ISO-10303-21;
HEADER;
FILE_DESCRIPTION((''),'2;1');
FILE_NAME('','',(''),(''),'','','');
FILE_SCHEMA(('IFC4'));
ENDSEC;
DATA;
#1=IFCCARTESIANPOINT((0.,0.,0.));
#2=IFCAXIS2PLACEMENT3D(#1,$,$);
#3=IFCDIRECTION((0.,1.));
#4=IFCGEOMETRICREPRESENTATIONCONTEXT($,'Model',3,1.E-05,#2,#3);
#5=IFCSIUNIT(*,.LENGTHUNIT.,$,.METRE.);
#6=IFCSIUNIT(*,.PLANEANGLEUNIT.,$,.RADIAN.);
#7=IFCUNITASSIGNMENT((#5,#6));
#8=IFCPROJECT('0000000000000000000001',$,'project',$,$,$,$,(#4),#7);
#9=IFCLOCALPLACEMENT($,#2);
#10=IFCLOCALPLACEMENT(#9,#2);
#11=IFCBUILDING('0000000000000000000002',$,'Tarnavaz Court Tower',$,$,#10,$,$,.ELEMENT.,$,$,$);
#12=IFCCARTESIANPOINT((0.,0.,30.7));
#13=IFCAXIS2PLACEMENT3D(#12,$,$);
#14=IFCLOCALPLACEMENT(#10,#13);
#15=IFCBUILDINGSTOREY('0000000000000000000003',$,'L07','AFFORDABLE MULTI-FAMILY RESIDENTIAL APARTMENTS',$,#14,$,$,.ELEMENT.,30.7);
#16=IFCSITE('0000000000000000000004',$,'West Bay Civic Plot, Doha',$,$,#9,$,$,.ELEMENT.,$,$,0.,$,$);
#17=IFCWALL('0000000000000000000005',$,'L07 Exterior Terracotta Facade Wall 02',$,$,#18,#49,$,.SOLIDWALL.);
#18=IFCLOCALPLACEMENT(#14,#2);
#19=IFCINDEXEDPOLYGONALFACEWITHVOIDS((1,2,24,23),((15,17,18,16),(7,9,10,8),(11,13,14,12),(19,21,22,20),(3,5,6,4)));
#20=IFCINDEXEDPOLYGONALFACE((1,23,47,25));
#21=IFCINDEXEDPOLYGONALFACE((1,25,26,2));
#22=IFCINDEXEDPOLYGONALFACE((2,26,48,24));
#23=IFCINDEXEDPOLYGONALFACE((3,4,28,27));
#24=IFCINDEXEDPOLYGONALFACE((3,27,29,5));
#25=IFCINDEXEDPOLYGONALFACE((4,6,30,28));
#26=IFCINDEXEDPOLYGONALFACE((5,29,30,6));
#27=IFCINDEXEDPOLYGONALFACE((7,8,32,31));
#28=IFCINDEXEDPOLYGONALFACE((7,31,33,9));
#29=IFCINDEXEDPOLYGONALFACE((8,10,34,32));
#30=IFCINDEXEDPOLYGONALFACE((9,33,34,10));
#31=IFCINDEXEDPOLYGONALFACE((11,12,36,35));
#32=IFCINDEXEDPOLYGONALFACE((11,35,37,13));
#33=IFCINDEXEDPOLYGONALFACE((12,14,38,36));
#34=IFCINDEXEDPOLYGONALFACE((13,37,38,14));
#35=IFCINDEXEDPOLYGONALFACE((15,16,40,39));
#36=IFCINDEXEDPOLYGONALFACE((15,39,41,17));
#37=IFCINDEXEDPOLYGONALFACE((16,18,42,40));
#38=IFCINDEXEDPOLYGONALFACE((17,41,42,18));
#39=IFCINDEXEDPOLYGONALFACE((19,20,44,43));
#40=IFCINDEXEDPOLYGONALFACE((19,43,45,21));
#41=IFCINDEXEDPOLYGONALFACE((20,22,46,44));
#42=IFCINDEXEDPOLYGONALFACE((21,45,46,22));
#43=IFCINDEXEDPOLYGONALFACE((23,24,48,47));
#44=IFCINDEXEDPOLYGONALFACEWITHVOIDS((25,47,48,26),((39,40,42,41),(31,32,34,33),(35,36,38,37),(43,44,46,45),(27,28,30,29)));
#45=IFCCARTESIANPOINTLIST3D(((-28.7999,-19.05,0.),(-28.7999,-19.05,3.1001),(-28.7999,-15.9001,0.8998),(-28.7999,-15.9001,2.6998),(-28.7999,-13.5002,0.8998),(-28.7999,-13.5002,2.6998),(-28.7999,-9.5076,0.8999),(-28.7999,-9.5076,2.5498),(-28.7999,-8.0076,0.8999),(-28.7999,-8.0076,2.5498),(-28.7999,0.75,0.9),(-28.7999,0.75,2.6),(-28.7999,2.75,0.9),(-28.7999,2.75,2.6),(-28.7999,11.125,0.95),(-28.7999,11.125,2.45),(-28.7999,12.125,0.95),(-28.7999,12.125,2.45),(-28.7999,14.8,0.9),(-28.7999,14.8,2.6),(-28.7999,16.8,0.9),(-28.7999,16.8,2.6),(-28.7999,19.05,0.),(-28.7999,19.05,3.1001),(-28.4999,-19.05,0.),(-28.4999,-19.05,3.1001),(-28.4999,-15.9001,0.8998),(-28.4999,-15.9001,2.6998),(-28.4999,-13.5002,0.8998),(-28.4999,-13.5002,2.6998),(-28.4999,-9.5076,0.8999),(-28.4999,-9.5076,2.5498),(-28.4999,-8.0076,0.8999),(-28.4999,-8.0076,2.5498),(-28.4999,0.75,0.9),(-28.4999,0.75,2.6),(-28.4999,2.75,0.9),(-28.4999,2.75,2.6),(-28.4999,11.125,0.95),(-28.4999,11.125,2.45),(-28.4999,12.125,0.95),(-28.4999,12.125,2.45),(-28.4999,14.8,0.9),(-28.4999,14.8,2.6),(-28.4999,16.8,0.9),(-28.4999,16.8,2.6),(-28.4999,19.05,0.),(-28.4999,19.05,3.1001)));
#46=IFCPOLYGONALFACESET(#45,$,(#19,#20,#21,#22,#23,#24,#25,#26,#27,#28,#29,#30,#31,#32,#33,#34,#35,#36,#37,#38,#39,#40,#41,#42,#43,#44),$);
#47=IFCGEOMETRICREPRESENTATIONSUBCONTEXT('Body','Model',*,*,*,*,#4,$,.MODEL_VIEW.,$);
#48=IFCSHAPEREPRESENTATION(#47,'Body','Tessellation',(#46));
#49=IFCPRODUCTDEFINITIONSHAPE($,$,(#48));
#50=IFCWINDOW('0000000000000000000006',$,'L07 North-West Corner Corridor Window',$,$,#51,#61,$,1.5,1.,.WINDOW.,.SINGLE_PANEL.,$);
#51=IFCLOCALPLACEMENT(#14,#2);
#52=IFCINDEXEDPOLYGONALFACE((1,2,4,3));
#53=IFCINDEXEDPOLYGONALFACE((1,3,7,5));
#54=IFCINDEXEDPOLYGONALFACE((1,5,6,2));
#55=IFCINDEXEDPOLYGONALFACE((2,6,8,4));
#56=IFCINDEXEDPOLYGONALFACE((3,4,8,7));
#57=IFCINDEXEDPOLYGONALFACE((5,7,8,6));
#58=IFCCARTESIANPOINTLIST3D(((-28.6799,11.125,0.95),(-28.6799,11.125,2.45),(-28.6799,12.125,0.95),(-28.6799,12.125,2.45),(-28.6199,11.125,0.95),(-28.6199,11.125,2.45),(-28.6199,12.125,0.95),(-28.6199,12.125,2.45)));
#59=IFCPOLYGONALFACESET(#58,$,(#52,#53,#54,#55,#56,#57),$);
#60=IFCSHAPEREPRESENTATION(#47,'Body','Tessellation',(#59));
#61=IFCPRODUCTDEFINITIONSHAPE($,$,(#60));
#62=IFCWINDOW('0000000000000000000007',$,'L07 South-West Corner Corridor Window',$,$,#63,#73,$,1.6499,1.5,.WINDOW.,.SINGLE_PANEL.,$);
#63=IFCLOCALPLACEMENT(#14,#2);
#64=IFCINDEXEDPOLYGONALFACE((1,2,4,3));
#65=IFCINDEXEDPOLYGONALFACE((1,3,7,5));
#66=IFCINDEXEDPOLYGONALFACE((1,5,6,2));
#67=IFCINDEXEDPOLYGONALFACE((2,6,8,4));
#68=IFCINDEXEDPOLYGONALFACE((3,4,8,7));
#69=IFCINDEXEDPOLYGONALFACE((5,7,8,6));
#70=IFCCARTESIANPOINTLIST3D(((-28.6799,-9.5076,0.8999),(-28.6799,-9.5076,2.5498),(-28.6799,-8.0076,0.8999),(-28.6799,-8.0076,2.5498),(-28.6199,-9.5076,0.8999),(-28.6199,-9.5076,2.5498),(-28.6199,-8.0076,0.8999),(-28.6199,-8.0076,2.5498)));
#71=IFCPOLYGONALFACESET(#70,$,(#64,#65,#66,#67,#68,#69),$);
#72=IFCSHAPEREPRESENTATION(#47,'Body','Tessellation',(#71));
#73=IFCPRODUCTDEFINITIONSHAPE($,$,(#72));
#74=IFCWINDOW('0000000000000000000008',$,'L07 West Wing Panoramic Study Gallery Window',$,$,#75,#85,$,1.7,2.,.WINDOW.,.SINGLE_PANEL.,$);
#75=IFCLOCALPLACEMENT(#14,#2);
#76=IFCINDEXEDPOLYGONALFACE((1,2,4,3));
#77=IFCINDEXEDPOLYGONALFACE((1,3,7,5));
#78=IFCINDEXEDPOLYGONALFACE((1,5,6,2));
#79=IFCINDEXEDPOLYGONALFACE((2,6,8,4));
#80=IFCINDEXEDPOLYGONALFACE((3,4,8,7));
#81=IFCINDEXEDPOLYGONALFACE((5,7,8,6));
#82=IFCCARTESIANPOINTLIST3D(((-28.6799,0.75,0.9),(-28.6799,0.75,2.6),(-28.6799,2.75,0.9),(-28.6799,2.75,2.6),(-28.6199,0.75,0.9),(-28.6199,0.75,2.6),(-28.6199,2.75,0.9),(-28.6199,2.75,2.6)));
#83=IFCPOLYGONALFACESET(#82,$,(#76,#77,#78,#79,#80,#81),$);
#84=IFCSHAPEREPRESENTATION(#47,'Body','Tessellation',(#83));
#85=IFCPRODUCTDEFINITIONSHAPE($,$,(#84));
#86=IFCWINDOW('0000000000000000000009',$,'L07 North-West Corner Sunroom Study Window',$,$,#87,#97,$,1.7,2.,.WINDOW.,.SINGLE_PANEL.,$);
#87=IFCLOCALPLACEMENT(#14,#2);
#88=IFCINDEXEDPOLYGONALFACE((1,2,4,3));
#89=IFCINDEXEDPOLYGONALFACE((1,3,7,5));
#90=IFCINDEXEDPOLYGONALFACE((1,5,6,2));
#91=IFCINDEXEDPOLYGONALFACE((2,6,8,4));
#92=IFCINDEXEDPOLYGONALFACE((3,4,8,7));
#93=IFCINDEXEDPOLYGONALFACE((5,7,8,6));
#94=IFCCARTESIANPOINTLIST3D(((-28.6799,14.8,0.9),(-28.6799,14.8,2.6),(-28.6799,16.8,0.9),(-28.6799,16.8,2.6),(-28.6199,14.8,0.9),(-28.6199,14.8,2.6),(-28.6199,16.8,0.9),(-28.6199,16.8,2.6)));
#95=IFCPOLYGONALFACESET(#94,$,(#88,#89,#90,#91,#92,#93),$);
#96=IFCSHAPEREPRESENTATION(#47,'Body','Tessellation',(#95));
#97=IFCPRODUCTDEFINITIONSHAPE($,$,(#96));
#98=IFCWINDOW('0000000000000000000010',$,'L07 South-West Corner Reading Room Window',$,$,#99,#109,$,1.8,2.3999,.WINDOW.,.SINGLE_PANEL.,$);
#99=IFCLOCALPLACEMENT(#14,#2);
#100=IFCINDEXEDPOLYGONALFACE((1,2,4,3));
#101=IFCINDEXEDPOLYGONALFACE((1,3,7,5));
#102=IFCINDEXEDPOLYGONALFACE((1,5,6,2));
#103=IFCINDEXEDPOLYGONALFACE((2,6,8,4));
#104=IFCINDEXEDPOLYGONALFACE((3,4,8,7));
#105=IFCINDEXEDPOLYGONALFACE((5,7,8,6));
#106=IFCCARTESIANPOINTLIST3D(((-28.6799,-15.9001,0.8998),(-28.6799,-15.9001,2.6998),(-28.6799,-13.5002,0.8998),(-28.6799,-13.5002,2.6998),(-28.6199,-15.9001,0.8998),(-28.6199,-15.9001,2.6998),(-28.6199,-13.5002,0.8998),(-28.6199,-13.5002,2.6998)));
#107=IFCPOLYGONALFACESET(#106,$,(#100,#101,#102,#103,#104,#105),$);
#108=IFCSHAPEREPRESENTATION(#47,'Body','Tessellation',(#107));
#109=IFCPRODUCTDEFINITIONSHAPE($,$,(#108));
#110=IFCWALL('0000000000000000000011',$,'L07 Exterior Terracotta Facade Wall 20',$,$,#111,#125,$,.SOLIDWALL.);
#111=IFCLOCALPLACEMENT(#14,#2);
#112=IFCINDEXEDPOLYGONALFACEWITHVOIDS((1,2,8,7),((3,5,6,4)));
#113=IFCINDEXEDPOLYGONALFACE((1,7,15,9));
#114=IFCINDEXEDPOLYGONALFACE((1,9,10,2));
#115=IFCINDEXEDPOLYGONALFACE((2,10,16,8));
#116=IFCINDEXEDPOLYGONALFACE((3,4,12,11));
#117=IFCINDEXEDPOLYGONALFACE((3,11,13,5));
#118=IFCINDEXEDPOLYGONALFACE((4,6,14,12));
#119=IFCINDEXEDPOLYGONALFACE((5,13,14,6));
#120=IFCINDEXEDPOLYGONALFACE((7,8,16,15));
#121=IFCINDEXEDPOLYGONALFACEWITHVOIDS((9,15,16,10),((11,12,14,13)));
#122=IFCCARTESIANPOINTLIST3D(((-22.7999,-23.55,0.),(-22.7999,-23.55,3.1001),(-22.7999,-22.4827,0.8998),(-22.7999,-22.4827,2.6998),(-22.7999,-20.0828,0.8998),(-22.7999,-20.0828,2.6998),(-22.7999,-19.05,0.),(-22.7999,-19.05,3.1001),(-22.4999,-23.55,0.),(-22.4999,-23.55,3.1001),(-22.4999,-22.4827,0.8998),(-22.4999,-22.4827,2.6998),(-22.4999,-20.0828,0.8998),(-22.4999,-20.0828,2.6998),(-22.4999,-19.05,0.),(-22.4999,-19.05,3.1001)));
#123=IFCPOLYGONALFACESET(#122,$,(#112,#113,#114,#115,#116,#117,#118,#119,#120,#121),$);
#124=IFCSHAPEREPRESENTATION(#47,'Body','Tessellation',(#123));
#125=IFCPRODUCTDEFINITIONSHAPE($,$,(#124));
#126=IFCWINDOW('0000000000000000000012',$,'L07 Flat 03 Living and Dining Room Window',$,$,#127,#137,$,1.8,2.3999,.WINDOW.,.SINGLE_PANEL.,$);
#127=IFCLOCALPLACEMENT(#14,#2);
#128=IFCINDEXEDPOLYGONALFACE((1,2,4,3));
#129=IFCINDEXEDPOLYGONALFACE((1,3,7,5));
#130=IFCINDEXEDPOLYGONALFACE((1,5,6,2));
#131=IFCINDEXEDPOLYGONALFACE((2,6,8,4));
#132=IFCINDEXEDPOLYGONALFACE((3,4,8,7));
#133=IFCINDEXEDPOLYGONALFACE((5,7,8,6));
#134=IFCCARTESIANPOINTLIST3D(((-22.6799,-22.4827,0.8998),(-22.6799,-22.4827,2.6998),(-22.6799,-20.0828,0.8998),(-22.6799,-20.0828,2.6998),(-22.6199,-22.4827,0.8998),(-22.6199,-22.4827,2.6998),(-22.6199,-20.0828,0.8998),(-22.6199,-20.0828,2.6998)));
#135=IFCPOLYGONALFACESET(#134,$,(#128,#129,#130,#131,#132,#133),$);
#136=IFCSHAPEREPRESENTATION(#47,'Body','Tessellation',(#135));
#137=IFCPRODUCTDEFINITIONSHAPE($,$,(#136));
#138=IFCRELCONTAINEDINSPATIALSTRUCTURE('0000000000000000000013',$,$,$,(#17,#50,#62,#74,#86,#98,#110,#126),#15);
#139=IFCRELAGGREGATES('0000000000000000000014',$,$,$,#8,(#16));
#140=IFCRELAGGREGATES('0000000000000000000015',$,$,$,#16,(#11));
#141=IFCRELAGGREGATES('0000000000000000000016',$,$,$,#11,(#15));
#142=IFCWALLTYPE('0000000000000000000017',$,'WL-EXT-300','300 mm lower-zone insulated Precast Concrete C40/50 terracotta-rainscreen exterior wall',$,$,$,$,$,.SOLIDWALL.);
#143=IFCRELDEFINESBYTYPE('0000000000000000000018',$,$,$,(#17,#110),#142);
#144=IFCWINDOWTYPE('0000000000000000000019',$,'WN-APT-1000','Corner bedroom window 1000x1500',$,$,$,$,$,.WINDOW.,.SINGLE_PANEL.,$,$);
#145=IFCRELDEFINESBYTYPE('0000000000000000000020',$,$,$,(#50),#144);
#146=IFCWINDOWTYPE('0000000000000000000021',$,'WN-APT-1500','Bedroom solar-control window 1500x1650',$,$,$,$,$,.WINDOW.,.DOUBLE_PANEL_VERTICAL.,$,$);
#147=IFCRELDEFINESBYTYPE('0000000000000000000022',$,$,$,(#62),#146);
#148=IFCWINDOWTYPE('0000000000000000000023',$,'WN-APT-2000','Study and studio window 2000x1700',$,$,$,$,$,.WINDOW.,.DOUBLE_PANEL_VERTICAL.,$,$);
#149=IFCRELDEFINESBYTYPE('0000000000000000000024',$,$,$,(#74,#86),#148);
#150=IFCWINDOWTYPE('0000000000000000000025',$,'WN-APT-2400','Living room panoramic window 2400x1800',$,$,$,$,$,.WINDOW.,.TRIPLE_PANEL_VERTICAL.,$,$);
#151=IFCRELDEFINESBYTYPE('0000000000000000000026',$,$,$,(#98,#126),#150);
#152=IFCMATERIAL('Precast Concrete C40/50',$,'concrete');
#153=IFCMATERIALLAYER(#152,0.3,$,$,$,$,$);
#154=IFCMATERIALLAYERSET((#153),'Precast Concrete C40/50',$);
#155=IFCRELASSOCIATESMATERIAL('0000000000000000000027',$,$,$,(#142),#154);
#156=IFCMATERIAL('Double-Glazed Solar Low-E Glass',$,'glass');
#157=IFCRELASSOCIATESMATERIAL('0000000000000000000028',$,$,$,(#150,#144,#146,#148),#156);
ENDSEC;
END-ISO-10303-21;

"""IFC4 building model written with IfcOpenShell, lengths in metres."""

from ifc_helpers import new_model, si_unit, direction, frame, frame_2d, origin, place, context, subcontext, project, spatial, rectangle, extrude, material, layer, layer_set, type_object, element, fill, save


model = new_model("IFC4")

# Units and contexts
model_context = context("Model", 3, precision=1e-05, world=origin(), true_north=direction((0.0, 1.0)))
body_context = subcontext(model_context, "Body", "Model", "MODEL_VIEW")
ifc_project = project(units=[si_unit("LENGTHUNIT", "METRE"), si_unit("PLANEANGLEUNIT", "RADIAN")], contexts=[model_context])

# Site, building, storey
site_placement = place(None, origin())
site = spatial("IfcSite", under=ifc_project, at=site_placement, Name="West Bay Civic Plot, Doha", CompositionType="ELEMENT", RefElevation=0.0)
building_placement = place(site_placement, origin())
building = spatial("IfcBuilding", under=site, at=building_placement, Name="Tarnavaz Court Tower", CompositionType="ELEMENT")
storey_placement = place(building_placement, frame((0.0, 0.0, 30.7)))
storey = spatial("IfcBuildingStorey", under=building, at=storey_placement, Name="L07", Description="AFFORDABLE MULTI-FAMILY RESIDENTIAL APARTMENTS", CompositionType="ELEMENT", Elevation=30.7)

# Shared definitions
ifc_material_1 = material(Name="Precast Concrete C40/50", Category="concrete")
ifc_layer_1 = layer(ifc_material_1, 0.3)
ifc_layer_set_1 = layer_set([ifc_layer_1], Name="Precast Concrete C40/50")
wall_type_1 = type_object("IfcWallType", Name="WL-EXT-300", Description="300 mm lower-zone insulated Precast Concrete C40/50 terracotta-rainscreen exterior wall", PredefinedType="SOLIDWALL", material=ifc_layer_set_1)
ifc_material_2 = material(Name="Double-Glazed Solar Low-E Glass", Category="glass")
window_type_1 = type_object("IfcWindowType", Name="WN-APT-2400", Description="Living room panoramic window 2400x1800", PartitioningType="TRIPLE_PANEL_VERTICAL", PredefinedType="WINDOW", material=ifc_material_2)

# Wall, openings, windows
wall_1_placement = place(storey_placement, frame((-28.6499, -19.05, 0.0), z_axis=(0.0, 0.0, 1.0), x_axis=(0.0, 1.0, 0.0)))
wall_1 = element("IfcWall", 1, at=wall_1_placement, inside=storey, type_object=wall_type_1, Name="L07 Exterior Terracotta Facade Wall 02", PredefinedType="SOLIDWALL", context=body_context, shape_type="SweptSolid", body=[
    extrude(rectangle(XDim=38.1001, YDim=0.3, at=frame_2d((19.05, 0.0))), origin(), (0.0, 0.0, 1.0), 3.1001),
])
opening_1_placement = place(wall_1_placement, frame((3.1499, 0.0, 0.8999)))
opening_1 = element("IfcOpeningElement", 2, at=opening_1_placement, cuts=wall_1, PredefinedType="OPENING", context=body_context, shape_type="SweptSolid", body=[
    extrude(rectangle(XDim=2.3999, YDim=1.8, at=frame_2d((1.2, 0.8999))), frame((0.0, 0.1599, 0.0), z_axis=(0.0, -1.0, 0.0), x_axis=(1.0, 0.0, 0.0)), (0.0, 0.0, 1.0), 0.3201),
])
opening_2_placement = place(wall_1_placement, frame((9.5425, 0.0, 0.8999)))
opening_2 = element("IfcOpeningElement", 3, at=opening_2_placement, cuts=wall_1, PredefinedType="OPENING", context=body_context, shape_type="SweptSolid", body=[
    extrude(rectangle(XDim=1.5, YDim=1.6499, at=frame_2d((0.75, 0.825))), frame((0.0, 0.1599, 0.0), z_axis=(0.0, -1.0, 0.0), x_axis=(1.0, 0.0, 0.0)), (0.0, 0.0, 1.0), 0.3201),
])
opening_3_placement = place(wall_1_placement, frame((19.8, 0.0, 0.8999)))
opening_3 = element("IfcOpeningElement", 4, at=opening_3_placement, cuts=wall_1, PredefinedType="OPENING", context=body_context, shape_type="SweptSolid", body=[
    extrude(rectangle(XDim=2.0, YDim=1.7, at=frame_2d((1.0, 0.8501))), frame((0.0, 0.1599, 0.0), z_axis=(0.0, -1.0, 0.0), x_axis=(1.0, 0.0, 0.0)), (0.0, 0.0, 1.0), 0.3201),
])
opening_4_placement = place(wall_1_placement, frame((30.175, 0.0, 0.95)))
opening_4 = element("IfcOpeningElement", 5, at=opening_4_placement, cuts=wall_1, PredefinedType="OPENING", context=body_context, shape_type="SweptSolid", body=[
    extrude(rectangle(XDim=1.0, YDim=1.5, at=frame_2d((0.5, 0.75))), frame((0.0, 0.1599, 0.0), z_axis=(0.0, -1.0, 0.0), x_axis=(1.0, 0.0, 0.0)), (0.0, 0.0, 1.0), 0.3201),
])
opening_5_placement = place(wall_1_placement, frame((33.8501, 0.0, 0.8999)))
opening_5 = element("IfcOpeningElement", 6, at=opening_5_placement, cuts=wall_1, PredefinedType="OPENING", context=body_context, shape_type="SweptSolid", body=[
    extrude(rectangle(XDim=2.0, YDim=1.7, at=frame_2d((1.0, 0.8501))), frame((0.0, 0.1599, 0.0), z_axis=(0.0, -1.0, 0.0), x_axis=(1.0, 0.0, 0.0)), (0.0, 0.0, 1.0), 0.3201),
])
window_type_2 = type_object("IfcWindowType", Name="WN-APT-1000", Description="Corner bedroom window 1000x1500", PartitioningType="SINGLE_PANEL", PredefinedType="WINDOW", material=ifc_material_2)
window_1_placement = place(opening_4_placement, origin())
window_1 = element("IfcWindow", 7, at=window_1_placement, inside=storey, type_object=window_type_2, Name="L07 North-West Corner Corridor Window", OverallHeight=1.5, OverallWidth=1.0, PartitioningType="SINGLE_PANEL", PredefinedType="WINDOW", context=body_context, shape_type="SweptSolid", body=[
    extrude(rectangle(XDim=1.0, YDim=1.5, at=frame_2d((0.5, 0.75))), frame((0.0, 0.03, 0.0), z_axis=(0.0, -1.0, 0.0), x_axis=(1.0, 0.0, 0.0)), (0.0, 0.0, 1.0), 0.0601),
])
fill(opening_4, window_1)
window_type_3 = type_object("IfcWindowType", Name="WN-APT-1500", Description="Bedroom solar-control window 1500x1650", PartitioningType="DOUBLE_PANEL_VERTICAL", PredefinedType="WINDOW", material=ifc_material_2)
window_2_placement = place(opening_2_placement, origin())
window_2 = element("IfcWindow", 8, at=window_2_placement, inside=storey, type_object=window_type_3, Name="L07 South-West Corner Corridor Window", OverallHeight=1.6499, OverallWidth=1.5, PartitioningType="SINGLE_PANEL", PredefinedType="WINDOW", context=body_context, shape_type="SweptSolid", body=[
    extrude(rectangle(XDim=1.5, YDim=1.6499, at=frame_2d((0.75, 0.825))), frame((0.0, 0.03, 0.0), z_axis=(0.0, -1.0, 0.0), x_axis=(1.0, 0.0, 0.0)), (0.0, 0.0, 1.0), 0.0601),
])
fill(opening_2, window_2)
window_type_4 = type_object("IfcWindowType", Name="WN-APT-2000", Description="Study and studio window 2000x1700", PartitioningType="DOUBLE_PANEL_VERTICAL", PredefinedType="WINDOW", material=ifc_material_2)
window_3_placement = place(opening_3_placement, origin())
window_3 = element("IfcWindow", 9, at=window_3_placement, inside=storey, type_object=window_type_4, Name="L07 West Wing Panoramic Study Gallery Window", OverallHeight=1.7, OverallWidth=2.0, PartitioningType="SINGLE_PANEL", PredefinedType="WINDOW", context=body_context, shape_type="SweptSolid", body=[
    extrude(rectangle(XDim=2.0, YDim=1.7, at=frame_2d((1.0, 0.8501))), frame((0.0, 0.03, 0.0), z_axis=(0.0, -1.0, 0.0), x_axis=(1.0, 0.0, 0.0)), (0.0, 0.0, 1.0), 0.0601),
])
fill(opening_3, window_3)
window_4_placement = place(opening_5_placement, origin())
window_4 = element("IfcWindow", 10, at=window_4_placement, inside=storey, type_object=window_type_4, Name="L07 North-West Corner Sunroom Study Window", OverallHeight=1.7, OverallWidth=2.0, PartitioningType="SINGLE_PANEL", PredefinedType="WINDOW", context=body_context, shape_type="SweptSolid", body=[
    extrude(rectangle(XDim=2.0, YDim=1.7, at=frame_2d((1.0, 0.8501))), frame((0.0, 0.03, 0.0), z_axis=(0.0, -1.0, 0.0), x_axis=(1.0, 0.0, 0.0)), (0.0, 0.0, 1.0), 0.0601),
])
fill(opening_5, window_4)
window_5_placement = place(opening_1_placement, origin())
window_5 = element("IfcWindow", 11, at=window_5_placement, inside=storey, type_object=window_type_1, Name="L07 South-West Corner Reading Room Window", OverallHeight=1.8, OverallWidth=2.3999, PartitioningType="SINGLE_PANEL", PredefinedType="WINDOW", context=body_context, shape_type="SweptSolid", body=[
    extrude(rectangle(XDim=2.3999, YDim=1.8, at=frame_2d((1.2, 0.8999))), frame((0.0, 0.03, 0.0), z_axis=(0.0, -1.0, 0.0), x_axis=(1.0, 0.0, 0.0)), (0.0, 0.0, 1.0), 0.0601),
])
fill(opening_1, window_5)

# Wall, opening, window
wall_2_placement = place(storey_placement, frame((-22.6499, -23.55, 0.0), z_axis=(0.0, 0.0, 1.0), x_axis=(0.0, 1.0, 0.0)))
wall_2 = element("IfcWall", 12, at=wall_2_placement, inside=storey, type_object=wall_type_1, Name="L07 Exterior Terracotta Facade Wall 20", PredefinedType="SOLIDWALL", context=body_context, shape_type="SweptSolid", body=[
    extrude(rectangle(XDim=4.5, YDim=0.3, at=frame_2d((2.25, 0.0))), origin(), (0.0, 0.0, 1.0), 3.1001),
])
opening_6_placement = place(wall_2_placement, frame((1.0674, 0.0, 0.8999)))
opening_6 = element("IfcOpeningElement", 13, at=opening_6_placement, cuts=wall_2, PredefinedType="OPENING", context=body_context, shape_type="SweptSolid", body=[
    extrude(rectangle(XDim=2.3999, YDim=1.8, at=frame_2d((1.2, 0.8999))), frame((0.0, 0.1599, 0.0), z_axis=(0.0, -1.0, 0.0), x_axis=(1.0, 0.0, 0.0)), (0.0, 0.0, 1.0), 0.3201),
])
window_6_placement = place(opening_6_placement, origin())
window_6 = element("IfcWindow", 14, at=window_6_placement, inside=storey, type_object=window_type_1, Name="L07 Flat 03 Living and Dining Room Window", OverallHeight=1.8, OverallWidth=2.3999, PartitioningType="SINGLE_PANEL", PredefinedType="WINDOW", context=body_context, shape_type="SweptSolid", body=[
    extrude(rectangle(XDim=2.3999, YDim=1.8, at=frame_2d((1.2, 0.8999))), frame((0.0, 0.03, 0.0), z_axis=(0.0, -1.0, 0.0), x_axis=(1.0, 0.0, 0.0)), (0.0, 0.0, 1.0), 0.0601),
])
fill(opening_6, window_6)

save(model, "model.ifc")
